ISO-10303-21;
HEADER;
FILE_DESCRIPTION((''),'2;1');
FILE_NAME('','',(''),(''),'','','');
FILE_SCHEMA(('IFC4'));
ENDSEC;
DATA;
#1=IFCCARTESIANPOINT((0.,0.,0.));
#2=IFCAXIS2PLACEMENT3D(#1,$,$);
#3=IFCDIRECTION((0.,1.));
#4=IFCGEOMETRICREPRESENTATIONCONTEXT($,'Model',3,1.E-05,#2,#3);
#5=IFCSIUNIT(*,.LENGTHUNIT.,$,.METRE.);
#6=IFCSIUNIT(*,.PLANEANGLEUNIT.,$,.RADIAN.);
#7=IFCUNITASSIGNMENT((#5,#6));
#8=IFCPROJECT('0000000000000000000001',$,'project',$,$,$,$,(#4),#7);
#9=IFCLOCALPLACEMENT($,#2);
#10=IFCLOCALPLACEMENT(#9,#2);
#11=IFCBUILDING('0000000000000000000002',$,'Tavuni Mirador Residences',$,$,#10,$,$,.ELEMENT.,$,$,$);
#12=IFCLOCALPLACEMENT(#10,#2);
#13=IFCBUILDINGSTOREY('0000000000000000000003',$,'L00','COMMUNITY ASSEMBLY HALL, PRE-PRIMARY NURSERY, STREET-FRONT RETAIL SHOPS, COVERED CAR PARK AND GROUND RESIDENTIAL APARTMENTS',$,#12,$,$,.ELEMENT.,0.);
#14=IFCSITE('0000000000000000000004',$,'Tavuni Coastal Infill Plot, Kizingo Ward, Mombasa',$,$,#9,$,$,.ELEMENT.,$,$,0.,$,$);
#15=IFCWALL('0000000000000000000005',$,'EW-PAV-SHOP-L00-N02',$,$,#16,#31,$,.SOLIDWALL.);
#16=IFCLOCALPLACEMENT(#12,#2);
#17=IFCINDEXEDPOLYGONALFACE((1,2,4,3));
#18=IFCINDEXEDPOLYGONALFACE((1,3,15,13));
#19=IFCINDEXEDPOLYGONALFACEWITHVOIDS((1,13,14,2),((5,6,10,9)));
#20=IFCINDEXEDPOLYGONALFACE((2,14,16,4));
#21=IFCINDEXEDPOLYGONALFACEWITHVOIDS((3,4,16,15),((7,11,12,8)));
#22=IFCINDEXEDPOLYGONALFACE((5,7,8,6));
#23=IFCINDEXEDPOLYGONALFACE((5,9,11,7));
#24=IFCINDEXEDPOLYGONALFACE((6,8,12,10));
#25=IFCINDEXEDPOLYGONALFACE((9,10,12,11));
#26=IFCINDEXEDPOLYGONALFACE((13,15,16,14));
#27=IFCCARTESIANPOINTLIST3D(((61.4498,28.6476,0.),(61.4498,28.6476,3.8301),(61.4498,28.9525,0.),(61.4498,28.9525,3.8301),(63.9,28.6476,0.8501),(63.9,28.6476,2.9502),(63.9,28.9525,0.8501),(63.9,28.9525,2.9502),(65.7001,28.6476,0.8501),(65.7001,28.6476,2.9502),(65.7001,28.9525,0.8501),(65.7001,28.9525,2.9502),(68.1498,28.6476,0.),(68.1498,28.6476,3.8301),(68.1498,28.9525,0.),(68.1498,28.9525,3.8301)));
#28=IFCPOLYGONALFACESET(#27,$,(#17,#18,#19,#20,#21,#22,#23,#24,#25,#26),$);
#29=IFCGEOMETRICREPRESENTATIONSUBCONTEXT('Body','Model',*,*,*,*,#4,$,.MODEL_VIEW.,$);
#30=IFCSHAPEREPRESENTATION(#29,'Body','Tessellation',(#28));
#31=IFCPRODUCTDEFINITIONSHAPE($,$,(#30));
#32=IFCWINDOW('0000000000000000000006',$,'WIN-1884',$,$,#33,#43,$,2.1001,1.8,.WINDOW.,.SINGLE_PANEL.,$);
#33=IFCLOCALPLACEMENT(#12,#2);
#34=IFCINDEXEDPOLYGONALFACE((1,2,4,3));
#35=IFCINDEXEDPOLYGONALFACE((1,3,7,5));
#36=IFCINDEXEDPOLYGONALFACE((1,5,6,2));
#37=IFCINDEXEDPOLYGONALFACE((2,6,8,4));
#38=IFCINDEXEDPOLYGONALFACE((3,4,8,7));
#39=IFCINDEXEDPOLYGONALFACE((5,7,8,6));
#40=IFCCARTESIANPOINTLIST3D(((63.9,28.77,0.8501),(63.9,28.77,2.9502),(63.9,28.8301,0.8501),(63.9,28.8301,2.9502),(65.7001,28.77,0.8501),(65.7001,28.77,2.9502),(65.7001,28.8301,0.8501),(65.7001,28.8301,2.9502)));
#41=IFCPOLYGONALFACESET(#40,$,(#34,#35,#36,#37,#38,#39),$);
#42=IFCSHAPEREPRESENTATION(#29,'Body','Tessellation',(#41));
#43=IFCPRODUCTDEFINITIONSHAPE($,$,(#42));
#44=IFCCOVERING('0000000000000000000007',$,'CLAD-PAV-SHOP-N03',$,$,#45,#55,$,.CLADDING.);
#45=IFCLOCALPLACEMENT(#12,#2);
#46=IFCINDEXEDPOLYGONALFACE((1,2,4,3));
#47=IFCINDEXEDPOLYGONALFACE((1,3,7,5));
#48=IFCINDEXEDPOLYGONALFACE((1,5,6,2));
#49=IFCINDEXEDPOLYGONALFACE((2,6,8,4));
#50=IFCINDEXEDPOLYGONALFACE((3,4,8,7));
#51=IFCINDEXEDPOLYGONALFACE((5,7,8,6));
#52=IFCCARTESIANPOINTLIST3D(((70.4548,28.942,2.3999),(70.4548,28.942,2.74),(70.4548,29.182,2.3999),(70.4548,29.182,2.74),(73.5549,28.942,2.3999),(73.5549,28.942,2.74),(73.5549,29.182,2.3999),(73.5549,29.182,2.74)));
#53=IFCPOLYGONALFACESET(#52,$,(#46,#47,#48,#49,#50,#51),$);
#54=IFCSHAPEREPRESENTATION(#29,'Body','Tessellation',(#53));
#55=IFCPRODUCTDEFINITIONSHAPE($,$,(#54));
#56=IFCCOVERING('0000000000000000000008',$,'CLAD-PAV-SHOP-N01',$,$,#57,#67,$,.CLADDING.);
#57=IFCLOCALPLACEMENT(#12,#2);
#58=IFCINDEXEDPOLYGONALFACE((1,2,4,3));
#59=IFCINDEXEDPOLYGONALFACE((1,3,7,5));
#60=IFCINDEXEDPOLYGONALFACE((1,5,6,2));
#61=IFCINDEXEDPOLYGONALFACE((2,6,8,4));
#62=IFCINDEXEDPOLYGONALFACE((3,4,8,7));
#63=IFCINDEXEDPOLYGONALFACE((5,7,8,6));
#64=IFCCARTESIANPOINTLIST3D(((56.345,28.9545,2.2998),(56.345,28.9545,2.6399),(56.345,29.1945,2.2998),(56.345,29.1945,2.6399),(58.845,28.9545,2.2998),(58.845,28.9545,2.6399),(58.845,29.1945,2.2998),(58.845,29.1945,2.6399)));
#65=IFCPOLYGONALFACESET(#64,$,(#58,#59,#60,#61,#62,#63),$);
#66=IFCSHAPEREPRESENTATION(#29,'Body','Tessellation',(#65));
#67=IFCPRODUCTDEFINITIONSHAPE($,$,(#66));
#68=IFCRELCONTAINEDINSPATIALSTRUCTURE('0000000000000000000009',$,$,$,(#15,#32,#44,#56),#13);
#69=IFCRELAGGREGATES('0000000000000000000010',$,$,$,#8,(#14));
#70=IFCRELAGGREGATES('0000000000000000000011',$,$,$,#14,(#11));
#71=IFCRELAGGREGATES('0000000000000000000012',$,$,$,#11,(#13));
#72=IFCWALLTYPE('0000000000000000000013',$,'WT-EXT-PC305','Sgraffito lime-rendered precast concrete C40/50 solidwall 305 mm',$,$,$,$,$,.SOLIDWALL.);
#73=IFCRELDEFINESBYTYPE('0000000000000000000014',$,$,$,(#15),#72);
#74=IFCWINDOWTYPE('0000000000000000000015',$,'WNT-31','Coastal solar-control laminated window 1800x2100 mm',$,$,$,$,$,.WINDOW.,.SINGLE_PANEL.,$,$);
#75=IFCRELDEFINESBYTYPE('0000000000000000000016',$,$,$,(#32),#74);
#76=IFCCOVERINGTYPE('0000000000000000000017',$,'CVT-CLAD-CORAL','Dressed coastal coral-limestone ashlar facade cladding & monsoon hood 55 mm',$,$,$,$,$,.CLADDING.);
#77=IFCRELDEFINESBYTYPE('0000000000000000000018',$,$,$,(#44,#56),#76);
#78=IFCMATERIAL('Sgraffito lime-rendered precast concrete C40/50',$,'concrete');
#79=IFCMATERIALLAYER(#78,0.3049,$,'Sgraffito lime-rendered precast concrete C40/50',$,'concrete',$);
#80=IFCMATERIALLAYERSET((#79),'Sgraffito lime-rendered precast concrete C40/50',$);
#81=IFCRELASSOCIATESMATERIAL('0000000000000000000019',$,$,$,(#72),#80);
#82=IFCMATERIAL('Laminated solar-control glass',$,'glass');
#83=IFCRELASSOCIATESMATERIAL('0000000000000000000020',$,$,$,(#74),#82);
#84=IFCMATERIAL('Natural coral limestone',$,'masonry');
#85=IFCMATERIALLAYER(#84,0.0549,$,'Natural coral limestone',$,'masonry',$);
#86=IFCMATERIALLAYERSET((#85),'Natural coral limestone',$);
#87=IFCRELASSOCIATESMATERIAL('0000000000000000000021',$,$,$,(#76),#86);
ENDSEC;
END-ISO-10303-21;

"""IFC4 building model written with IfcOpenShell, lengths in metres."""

from ifc_helpers import new_model, si_unit, direction, frame, frame_2d, origin, origin_2d, place, context, subcontext, project, spatial, rectangle, extrude, material, layer, layer_set, type_object, element, fill, save


model = new_model("IFC4")

# Units and contexts
model_context = context("Model", 3, precision=1e-05, world=origin(), true_north=direction((0.0, 1.0)))
body_context = subcontext(model_context, "Body", "Model", "MODEL_VIEW")
ifc_project = project(units=[si_unit("LENGTHUNIT", "METRE"), si_unit("PLANEANGLEUNIT", "RADIAN")], contexts=[model_context])

# Site, building, storey
site_placement = place(None, origin())
site = spatial("IfcSite", under=ifc_project, at=site_placement, Name="Tavuni Coastal Infill Plot, Kizingo Ward, Mombasa", CompositionType="ELEMENT", RefElevation=0.0)
building_placement = place(site_placement, origin())
building = spatial("IfcBuilding", under=site, at=building_placement, Name="Tavuni Mirador Residences", CompositionType="ELEMENT")
storey_placement = place(building_placement, origin())
storey = spatial("IfcBuildingStorey", under=building, at=storey_placement, Name="L00", Description="COMMUNITY ASSEMBLY HALL, PRE-PRIMARY NURSERY, STREET-FRONT RETAIL SHOPS, COVERED CAR PARK AND GROUND RESIDENTIAL APARTMENTS", CompositionType="ELEMENT", Elevation=0.0)

# Wall, opening, window
ifc_material_1 = material(Name="Sgraffito lime-rendered precast concrete C40/50", Category="concrete")
ifc_layer_1 = layer(ifc_material_1, 0.3049, Name="Sgraffito lime-rendered precast concrete C40/50", Category="concrete")
ifc_layer_set_1 = layer_set([ifc_layer_1], Name="Sgraffito lime-rendered precast concrete C40/50")
wall_type = type_object("IfcWallType", Name="WT-EXT-PC305", Description="Sgraffito lime-rendered precast concrete C40/50 solidwall 305 mm", PredefinedType="SOLIDWALL", material=ifc_layer_set_1)
wall_placement = place(storey_placement, frame((68.1499, 28.8, 0.0), z_axis=(0.0, 0.0, 1.0), x_axis=(-1.0, 0.0, 0.0)))
wall = element("IfcWall", 1, at=wall_placement, inside=storey, type_object=wall_type, Name="EW-PAV-SHOP-L00-N02", PredefinedType="SOLIDWALL", context=body_context, shape_type="SweptSolid", body=[
    extrude(rectangle(XDim=6.7, YDim=0.3049, at=frame_2d((3.3501, 0.0))), origin(), (0.0, 0.0, 1.0), 3.8301),
])
opening_placement = place(wall_placement, frame((2.45, 0.0, 0.8501)))
opening = element("IfcOpeningElement", 2, at=opening_placement, cuts=wall, PredefinedType="OPENING", context=body_context, shape_type="SweptSolid", body=[
    extrude(rectangle(XDim=1.8, YDim=2.1001, at=frame_2d((0.8999, 1.05))), frame((0.0, 0.1626, 0.0), z_axis=(0.0, -1.0, 0.0), x_axis=(1.0, 0.0, 0.0)), (0.0, 0.0, 1.0), 0.325),
])
ifc_material_2 = material(Name="Laminated solar-control glass", Category="glass")
window_type = type_object("IfcWindowType", Name="WNT-31", Description="Coastal solar-control laminated window 1800x2100 mm", PartitioningType="SINGLE_PANEL", PredefinedType="WINDOW", material=ifc_material_2)
window_placement = place(opening_placement, origin())
window = element("IfcWindow", 3, at=window_placement, inside=storey, type_object=window_type, Name="WIN-1884", OverallHeight=2.1001, OverallWidth=1.8, PartitioningType="SINGLE_PANEL", PredefinedType="WINDOW", context=body_context, shape_type="SweptSolid", body=[
    extrude(rectangle(XDim=1.8, YDim=2.1001, at=frame_2d((0.8999, 1.05))), frame((0.0, 0.03, 0.0), z_axis=(0.0, -1.0, 0.0), x_axis=(1.0, 0.0, 0.0)), (0.0, 0.0, 1.0), 0.0601),
])
fill(opening, window)

# Coverings
ifc_material_3 = material(Name="Natural coral limestone", Category="masonry")
ifc_layer_2 = layer(ifc_material_3, 0.0549, Name="Natural coral limestone", Category="masonry")
ifc_layer_set_2 = layer_set([ifc_layer_2], Name="Natural coral limestone")
covering_type = type_object("IfcCoveringType", Name="CVT-CLAD-CORAL", Description="Dressed coastal coral-limestone ashlar facade cladding & monsoon hood 55 mm", PredefinedType="CLADDING", material=ifc_layer_set_2)
covering_1_placement = place(storey_placement, frame((72.0049, 29.062, 2.3999), z_axis=(0.0, 0.0, 1.0), x_axis=(-1.0, 0.0, 0.0)))
element("IfcCovering", 4, at=covering_1_placement, inside=storey, type_object=covering_type, Name="CLAD-PAV-SHOP-N03", PredefinedType="CLADDING", context=body_context, shape_type="SweptSolid", body=[
    extrude(rectangle(XDim=3.1001, YDim=0.24, at=origin_2d()), origin(), (0.0, 0.0, 1.0), 0.3401),
])
covering_2_placement = place(storey_placement, frame((57.595, 29.0745, 2.2998), z_axis=(0.0, 0.0, 1.0), x_axis=(-1.0, 0.0, 0.0)))
element("IfcCovering", 5, at=covering_2_placement, inside=storey, type_object=covering_type, Name="CLAD-PAV-SHOP-N01", PredefinedType="CLADDING", context=body_context, shape_type="SweptSolid", body=[
    extrude(rectangle(XDim=2.5, YDim=0.24, at=origin_2d()), origin(), (0.0, 0.0, 1.0), 0.3401),
])

save(model, "model.ifc")
